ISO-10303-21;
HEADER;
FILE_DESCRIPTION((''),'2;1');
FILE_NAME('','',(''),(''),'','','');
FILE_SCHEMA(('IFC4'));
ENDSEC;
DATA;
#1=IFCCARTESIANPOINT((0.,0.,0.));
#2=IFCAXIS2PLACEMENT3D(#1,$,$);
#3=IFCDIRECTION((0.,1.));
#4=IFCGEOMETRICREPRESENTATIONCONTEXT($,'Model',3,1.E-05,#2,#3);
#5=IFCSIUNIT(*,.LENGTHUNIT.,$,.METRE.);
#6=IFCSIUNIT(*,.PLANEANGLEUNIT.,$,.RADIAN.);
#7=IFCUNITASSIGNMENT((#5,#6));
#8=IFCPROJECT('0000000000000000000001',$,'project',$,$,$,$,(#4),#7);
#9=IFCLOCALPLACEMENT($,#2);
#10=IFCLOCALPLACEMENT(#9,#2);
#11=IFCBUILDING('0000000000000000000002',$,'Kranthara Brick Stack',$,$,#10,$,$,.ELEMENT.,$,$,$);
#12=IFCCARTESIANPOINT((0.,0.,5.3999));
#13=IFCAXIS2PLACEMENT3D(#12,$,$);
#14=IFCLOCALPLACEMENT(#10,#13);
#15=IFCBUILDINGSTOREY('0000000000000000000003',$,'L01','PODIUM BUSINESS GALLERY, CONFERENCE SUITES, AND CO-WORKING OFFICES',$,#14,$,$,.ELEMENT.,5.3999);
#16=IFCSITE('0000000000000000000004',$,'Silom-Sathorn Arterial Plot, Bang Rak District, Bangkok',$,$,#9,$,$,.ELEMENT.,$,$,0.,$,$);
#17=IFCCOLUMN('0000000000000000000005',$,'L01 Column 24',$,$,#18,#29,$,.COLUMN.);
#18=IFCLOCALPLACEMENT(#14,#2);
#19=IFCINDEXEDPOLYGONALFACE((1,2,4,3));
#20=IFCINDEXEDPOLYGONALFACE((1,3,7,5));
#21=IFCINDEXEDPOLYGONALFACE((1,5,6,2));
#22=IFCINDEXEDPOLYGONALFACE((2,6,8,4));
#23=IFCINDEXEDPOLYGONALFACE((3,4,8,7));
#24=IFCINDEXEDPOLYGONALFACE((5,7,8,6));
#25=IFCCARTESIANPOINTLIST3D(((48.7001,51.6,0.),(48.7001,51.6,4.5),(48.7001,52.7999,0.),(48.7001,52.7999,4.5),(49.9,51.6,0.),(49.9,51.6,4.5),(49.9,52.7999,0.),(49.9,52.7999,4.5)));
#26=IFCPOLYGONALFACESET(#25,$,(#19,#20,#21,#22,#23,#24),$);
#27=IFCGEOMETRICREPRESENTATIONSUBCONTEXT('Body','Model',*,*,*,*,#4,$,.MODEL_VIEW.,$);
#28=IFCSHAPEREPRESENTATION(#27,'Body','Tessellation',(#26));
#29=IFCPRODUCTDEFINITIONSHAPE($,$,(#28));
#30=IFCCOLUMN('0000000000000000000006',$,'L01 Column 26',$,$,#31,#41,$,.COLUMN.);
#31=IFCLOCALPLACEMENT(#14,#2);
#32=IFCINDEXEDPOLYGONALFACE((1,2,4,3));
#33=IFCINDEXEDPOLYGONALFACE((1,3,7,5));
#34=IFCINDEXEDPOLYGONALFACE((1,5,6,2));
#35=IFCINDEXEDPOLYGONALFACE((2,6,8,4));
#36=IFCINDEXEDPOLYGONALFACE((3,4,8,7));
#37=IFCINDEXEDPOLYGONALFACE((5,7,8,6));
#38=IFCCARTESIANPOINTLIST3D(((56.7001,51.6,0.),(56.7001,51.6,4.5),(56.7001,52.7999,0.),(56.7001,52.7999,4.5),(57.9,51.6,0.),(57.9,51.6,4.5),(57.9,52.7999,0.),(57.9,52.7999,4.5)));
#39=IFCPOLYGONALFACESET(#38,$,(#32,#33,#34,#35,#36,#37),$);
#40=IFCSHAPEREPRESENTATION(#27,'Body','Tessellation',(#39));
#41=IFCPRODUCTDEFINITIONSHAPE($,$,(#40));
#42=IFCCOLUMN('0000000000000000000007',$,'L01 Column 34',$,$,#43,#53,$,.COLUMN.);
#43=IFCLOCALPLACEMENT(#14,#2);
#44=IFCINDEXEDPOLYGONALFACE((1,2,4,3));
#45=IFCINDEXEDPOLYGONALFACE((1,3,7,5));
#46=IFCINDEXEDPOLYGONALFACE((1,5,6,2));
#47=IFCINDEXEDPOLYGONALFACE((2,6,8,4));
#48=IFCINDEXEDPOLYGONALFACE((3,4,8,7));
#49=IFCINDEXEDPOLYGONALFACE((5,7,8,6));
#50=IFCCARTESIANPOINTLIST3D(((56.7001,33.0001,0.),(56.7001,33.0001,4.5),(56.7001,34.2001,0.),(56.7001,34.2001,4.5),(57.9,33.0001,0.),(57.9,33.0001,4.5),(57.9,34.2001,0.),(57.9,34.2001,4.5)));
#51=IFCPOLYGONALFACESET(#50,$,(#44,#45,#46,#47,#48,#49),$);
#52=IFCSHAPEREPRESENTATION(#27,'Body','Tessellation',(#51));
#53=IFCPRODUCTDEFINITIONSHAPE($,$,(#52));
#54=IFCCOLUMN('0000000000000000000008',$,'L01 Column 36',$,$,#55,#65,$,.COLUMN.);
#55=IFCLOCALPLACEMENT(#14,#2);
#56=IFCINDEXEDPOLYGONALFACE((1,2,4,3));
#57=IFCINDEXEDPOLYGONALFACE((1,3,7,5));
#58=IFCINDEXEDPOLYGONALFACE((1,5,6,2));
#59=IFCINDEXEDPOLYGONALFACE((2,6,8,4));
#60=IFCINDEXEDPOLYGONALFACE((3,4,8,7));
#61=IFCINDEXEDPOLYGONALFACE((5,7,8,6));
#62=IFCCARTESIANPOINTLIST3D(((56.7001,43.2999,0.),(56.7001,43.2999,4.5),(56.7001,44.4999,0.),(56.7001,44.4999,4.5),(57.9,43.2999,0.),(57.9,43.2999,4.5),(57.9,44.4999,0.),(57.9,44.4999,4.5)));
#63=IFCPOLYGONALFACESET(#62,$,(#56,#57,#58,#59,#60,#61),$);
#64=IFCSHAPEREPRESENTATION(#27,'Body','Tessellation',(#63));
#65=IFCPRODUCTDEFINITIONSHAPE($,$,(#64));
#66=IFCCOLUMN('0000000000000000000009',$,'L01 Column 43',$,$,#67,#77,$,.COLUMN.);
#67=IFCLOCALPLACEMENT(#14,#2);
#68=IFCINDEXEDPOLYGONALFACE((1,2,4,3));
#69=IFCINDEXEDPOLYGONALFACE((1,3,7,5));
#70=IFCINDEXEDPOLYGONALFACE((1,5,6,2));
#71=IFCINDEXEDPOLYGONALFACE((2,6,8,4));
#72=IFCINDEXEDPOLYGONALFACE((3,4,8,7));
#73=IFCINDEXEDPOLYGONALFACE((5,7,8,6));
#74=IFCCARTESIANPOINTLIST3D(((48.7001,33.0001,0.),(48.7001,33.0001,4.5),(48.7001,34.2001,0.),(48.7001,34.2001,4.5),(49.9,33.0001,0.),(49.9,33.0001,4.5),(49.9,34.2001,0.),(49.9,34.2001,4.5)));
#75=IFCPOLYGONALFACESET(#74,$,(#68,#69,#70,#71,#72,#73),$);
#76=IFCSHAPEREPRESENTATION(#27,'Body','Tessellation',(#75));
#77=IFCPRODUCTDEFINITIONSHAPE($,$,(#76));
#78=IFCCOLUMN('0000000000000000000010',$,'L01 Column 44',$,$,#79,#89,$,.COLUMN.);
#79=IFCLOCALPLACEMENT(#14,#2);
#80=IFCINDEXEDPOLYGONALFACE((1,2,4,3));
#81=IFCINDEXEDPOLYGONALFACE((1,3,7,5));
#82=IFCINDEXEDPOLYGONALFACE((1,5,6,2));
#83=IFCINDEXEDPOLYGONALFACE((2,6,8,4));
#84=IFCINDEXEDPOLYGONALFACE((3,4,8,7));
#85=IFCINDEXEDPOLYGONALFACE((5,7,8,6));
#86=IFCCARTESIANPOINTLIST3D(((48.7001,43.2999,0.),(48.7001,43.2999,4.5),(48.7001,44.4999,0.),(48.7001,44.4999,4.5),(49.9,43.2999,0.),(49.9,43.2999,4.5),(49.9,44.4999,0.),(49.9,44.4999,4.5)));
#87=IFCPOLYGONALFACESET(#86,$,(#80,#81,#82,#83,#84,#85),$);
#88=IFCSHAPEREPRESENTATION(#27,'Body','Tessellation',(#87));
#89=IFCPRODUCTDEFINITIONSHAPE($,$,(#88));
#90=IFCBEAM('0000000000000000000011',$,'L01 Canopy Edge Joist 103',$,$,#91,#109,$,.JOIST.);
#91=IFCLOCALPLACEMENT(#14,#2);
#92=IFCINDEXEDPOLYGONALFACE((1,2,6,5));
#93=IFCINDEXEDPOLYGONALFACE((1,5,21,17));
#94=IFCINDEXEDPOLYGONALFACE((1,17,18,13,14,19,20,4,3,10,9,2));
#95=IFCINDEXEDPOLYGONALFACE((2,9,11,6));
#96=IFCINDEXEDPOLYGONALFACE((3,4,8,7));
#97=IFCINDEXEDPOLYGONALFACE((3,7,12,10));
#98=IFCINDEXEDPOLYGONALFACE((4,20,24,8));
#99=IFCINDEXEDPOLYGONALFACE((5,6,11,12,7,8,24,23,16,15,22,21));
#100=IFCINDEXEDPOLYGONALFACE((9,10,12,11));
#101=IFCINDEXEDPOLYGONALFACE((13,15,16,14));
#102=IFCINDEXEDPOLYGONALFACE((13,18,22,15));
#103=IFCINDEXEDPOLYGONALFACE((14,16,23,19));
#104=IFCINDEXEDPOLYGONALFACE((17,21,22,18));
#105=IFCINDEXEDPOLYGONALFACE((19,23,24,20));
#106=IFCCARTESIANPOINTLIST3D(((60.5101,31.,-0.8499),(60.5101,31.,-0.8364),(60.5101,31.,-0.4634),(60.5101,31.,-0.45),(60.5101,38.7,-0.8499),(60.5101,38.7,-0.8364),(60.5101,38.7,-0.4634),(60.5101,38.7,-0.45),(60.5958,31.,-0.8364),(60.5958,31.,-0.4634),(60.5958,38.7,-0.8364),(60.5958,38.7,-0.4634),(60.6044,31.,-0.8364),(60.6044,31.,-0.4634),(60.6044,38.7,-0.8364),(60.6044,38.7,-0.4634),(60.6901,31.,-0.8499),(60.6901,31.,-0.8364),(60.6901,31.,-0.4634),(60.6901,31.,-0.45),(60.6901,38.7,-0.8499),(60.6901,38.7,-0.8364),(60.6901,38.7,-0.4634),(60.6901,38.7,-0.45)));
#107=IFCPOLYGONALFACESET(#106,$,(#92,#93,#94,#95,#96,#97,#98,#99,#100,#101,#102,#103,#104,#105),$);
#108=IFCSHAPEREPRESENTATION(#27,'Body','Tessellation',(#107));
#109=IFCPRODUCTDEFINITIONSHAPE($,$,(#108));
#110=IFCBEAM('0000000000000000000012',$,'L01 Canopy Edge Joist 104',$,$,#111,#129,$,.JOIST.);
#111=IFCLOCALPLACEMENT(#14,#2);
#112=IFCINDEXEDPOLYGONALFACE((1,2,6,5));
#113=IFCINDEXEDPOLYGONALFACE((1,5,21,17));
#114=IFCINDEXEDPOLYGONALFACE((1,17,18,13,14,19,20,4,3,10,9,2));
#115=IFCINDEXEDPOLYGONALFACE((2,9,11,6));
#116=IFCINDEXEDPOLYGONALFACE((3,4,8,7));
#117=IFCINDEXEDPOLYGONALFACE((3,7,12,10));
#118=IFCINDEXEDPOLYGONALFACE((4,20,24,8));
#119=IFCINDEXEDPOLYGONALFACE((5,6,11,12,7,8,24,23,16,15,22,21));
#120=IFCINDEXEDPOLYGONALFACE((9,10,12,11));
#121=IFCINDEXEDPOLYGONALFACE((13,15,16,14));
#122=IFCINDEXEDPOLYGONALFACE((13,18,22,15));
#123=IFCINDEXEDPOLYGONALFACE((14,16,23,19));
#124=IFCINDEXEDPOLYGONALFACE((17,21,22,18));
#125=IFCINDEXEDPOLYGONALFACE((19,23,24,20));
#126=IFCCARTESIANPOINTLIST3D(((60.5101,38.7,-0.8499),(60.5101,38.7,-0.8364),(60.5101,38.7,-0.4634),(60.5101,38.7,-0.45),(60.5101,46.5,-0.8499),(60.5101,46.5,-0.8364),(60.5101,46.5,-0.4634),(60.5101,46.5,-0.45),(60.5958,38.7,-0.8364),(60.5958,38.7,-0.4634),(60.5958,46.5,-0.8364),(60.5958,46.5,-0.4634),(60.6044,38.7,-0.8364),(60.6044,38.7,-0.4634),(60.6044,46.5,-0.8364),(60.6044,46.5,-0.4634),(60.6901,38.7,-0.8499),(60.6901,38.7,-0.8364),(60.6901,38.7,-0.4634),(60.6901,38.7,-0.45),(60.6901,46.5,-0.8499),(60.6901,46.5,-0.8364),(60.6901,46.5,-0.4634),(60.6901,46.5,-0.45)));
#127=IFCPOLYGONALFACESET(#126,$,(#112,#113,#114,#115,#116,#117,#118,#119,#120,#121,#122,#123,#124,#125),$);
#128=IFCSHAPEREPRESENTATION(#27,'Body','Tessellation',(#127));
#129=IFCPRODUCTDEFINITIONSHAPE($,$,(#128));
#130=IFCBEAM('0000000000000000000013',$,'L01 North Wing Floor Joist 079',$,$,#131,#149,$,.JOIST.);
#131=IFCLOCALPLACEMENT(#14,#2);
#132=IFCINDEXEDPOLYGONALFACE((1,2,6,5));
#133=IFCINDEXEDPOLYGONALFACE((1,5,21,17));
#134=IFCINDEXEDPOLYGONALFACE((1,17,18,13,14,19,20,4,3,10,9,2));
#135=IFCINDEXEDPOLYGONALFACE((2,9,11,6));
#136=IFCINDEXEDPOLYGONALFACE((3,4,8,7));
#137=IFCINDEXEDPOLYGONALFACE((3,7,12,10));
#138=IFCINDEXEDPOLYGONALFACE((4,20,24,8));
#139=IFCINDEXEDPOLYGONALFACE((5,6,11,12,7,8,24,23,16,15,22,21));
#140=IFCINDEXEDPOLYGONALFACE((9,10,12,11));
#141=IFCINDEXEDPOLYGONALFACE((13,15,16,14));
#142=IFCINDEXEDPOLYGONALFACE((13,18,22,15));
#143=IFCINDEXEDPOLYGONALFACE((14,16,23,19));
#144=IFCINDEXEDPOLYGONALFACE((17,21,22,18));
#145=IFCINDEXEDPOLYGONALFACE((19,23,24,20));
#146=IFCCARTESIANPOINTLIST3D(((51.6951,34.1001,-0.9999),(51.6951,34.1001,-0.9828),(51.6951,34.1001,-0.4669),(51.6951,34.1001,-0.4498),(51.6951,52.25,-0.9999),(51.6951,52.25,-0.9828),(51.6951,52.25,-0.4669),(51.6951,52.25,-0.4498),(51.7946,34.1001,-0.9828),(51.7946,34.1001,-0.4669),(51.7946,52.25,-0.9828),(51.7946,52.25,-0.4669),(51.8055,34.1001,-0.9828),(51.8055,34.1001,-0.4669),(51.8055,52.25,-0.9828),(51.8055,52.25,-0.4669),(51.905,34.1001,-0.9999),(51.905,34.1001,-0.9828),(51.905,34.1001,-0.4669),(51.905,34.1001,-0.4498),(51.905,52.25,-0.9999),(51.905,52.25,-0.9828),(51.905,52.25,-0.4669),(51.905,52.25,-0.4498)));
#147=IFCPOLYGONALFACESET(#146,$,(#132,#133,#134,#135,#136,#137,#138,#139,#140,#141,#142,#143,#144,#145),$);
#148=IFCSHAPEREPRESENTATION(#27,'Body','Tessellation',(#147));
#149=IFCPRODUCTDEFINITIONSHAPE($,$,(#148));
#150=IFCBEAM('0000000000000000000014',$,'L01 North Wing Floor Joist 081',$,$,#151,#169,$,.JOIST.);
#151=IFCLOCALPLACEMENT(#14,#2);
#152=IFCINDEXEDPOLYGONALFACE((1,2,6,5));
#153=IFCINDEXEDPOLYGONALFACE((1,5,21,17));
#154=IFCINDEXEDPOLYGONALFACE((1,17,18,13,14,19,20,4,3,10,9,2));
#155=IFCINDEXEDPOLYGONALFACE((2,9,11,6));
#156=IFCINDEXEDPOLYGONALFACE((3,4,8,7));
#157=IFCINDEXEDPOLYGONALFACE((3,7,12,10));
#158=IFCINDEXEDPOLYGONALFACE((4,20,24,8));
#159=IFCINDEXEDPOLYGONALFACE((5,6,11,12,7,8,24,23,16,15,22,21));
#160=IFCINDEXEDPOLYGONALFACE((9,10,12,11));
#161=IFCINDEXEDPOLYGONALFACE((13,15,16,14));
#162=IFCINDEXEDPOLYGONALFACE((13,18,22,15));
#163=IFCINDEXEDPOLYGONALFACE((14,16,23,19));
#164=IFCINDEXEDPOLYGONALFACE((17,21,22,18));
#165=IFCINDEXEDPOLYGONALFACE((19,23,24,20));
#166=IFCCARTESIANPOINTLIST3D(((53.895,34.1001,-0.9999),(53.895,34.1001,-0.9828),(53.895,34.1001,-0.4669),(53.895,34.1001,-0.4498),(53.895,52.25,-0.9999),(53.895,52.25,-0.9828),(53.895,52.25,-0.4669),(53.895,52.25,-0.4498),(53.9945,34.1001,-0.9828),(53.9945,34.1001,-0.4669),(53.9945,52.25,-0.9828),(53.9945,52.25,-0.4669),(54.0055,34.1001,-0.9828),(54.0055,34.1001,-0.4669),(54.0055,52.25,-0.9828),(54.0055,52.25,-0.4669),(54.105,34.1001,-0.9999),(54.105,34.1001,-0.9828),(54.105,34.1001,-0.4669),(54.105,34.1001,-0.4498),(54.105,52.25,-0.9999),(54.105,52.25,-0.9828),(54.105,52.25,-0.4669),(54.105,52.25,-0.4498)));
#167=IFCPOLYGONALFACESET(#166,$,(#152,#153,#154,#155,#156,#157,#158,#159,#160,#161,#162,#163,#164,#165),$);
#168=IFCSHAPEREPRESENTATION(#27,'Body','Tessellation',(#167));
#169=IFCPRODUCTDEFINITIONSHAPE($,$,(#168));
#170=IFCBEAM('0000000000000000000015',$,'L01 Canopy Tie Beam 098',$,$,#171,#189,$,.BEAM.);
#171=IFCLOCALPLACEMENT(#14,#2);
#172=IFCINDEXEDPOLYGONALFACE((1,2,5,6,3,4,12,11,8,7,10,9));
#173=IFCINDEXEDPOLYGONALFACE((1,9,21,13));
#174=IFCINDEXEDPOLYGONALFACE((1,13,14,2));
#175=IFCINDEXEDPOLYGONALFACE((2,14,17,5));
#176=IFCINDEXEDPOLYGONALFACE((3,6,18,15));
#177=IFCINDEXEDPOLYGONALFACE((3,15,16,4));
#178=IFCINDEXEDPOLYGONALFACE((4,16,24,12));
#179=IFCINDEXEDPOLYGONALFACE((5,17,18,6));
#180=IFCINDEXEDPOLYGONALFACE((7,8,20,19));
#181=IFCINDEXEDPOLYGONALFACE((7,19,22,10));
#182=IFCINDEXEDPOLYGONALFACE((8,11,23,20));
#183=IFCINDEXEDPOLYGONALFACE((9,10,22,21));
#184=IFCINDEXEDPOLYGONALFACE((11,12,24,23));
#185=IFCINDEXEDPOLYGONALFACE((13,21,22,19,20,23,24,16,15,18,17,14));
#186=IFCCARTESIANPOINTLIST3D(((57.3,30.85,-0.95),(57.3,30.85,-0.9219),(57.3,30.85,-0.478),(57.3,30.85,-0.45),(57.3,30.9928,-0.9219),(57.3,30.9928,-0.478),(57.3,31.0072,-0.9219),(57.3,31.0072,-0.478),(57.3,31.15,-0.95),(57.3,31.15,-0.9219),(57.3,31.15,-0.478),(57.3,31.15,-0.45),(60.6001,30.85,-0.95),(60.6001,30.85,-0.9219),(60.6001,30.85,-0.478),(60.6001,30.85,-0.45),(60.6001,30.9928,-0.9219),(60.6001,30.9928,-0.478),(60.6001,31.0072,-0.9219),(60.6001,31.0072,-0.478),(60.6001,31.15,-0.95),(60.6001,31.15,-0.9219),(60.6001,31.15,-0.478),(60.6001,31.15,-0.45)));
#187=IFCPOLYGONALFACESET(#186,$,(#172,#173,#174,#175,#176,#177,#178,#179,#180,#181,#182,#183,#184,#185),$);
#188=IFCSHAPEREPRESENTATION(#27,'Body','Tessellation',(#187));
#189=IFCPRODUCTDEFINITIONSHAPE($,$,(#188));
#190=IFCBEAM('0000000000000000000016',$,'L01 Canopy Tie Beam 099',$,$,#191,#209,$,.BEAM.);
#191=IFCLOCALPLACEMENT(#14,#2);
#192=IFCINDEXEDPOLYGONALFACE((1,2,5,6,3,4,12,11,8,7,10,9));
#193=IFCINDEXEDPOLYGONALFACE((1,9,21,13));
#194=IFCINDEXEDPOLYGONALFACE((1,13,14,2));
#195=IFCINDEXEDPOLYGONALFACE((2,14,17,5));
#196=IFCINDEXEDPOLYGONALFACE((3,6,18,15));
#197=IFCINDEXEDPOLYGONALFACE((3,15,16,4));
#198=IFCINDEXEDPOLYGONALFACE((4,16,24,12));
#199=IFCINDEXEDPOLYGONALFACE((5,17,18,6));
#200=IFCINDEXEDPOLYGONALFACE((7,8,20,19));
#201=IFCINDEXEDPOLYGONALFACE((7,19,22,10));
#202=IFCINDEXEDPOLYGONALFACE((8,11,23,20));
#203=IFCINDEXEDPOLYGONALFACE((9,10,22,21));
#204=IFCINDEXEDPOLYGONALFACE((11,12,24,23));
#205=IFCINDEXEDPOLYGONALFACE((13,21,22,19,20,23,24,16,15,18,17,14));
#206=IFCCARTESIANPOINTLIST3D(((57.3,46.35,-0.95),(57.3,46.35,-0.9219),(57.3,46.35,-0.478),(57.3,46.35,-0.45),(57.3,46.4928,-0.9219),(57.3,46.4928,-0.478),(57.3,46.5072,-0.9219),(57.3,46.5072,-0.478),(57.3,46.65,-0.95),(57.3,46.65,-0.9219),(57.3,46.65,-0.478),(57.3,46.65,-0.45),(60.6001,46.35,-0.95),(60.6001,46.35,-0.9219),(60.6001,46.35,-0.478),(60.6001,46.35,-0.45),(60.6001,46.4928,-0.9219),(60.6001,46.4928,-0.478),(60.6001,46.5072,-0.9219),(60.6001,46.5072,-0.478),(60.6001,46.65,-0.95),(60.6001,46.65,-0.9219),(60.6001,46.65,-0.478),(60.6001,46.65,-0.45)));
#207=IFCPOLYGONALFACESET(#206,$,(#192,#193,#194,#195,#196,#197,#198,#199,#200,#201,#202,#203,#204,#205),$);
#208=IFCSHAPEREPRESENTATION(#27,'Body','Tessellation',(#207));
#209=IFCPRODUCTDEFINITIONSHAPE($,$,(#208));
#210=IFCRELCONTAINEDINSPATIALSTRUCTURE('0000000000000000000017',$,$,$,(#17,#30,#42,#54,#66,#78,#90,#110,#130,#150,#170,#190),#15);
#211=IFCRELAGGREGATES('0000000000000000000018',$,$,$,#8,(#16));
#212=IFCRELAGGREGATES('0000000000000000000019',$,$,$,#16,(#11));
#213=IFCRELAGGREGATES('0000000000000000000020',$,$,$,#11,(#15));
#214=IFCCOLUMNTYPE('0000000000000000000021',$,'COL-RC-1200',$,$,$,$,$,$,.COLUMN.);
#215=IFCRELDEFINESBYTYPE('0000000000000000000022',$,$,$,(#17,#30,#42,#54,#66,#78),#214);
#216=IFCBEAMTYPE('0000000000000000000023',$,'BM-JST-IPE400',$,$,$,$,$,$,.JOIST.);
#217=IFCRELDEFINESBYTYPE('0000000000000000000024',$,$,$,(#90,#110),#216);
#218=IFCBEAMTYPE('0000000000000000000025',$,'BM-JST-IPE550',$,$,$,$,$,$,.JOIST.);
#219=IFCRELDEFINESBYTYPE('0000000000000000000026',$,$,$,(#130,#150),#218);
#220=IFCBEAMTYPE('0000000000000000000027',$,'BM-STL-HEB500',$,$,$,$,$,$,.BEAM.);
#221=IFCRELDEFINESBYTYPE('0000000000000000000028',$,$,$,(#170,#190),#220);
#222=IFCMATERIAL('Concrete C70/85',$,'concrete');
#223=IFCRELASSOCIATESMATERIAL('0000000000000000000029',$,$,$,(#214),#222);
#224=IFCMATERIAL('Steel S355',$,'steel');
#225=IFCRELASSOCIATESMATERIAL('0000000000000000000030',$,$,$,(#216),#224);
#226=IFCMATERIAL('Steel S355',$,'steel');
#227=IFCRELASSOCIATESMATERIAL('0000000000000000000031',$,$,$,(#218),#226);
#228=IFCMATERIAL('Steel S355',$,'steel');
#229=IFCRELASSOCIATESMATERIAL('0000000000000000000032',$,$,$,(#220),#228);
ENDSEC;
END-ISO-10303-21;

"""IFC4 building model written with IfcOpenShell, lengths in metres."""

from ifc_helpers import new_model, si_unit, direction, frame, origin, origin_2d, place, context, subcontext, project, spatial, rectangle, i_section, extrude, material, material_profile, profile_set, type_object, element, save


model = new_model("IFC4")

# Units and contexts
model_context = context("Model", 3, precision=1e-05, world=origin(), true_north=direction((0.0, 1.0)))
body_context = subcontext(model_context, "Body", "Model", "MODEL_VIEW")
ifc_project = project(units=[si_unit("LENGTHUNIT", "METRE"), si_unit("PLANEANGLEUNIT", "RADIAN")], contexts=[model_context])

# Site, building, storey
site_placement = place(None, origin())
site = spatial("IfcSite", under=ifc_project, at=site_placement, Name="Silom-Sathorn Arterial Plot, Bang Rak District, Bangkok", CompositionType="ELEMENT", RefElevation=0.0)
building_placement = place(site_placement, origin())
building = spatial("IfcBuilding", under=site, at=building_placement, Name="Kranthara Brick Stack", CompositionType="ELEMENT")
storey_placement = place(building_placement, frame((0.0, 0.0, 5.3999)))
storey = spatial("IfcBuildingStorey", under=building, at=storey_placement, Name="L01", Description="PODIUM BUSINESS GALLERY, CONFERENCE SUITES, AND CO-WORKING OFFICES", CompositionType="ELEMENT", Elevation=5.3999)

# Columns
ifc_material_1 = material(Name="Concrete C70/85", Category="concrete")
ifc_material_profile_1 = material_profile(ifc_material_1, rectangle(XDim=1.2, YDim=1.2, at=origin_2d()), Name="RC 1200x1200")
ifc_profile_set_1 = profile_set([ifc_material_profile_1], Name="Concrete C70/85")
column_type = type_object("IfcColumnType", Name="COL-RC-1200", PredefinedType="COLUMN", material=ifc_profile_set_1)
for number, where, z_axis, x_axis, name in (
    (1, (49.3, 52.2, 0.0), (0.0, 0.0, 1.0), (1.0, 0.0, 0.0), "L01 Column 24"),
    (2, (57.3, 52.2, 0.0), (0.0, 0.0, 1.0), (1.0, 0.0, 0.0), "L01 Column 26"),
    (3, (57.3, 33.6001, 0.0), (0.0, 0.0, 1.0), (1.0, 0.0, 0.0), "L01 Column 34"),
    (4, (57.3, 43.8999, 0.0), (0.0, 0.0, 1.0), (1.0, 0.0, 0.0), "L01 Column 36"),
    (5, (49.3, 33.6001, 0.0), (0.0, 0.0, 1.0), (1.0, 0.0, 0.0), "L01 Column 43"),
    (6, (49.3, 43.8999, 0.0), (0.0, 0.0, 1.0), (1.0, 0.0, 0.0), "L01 Column 44"),
):
    element("IfcColumn", number, at=place(storey_placement, frame(where, z_axis=z_axis, x_axis=x_axis)), inside=storey, type_object=column_type, Name=name, PredefinedType="COLUMN", context=body_context, shape_type="SweptSolid", body=[
        extrude(rectangle(XDim=1.2, YDim=1.2, at=origin_2d()), origin(), (0.0, 0.0, 1.0), 4.5),
    ])

# Beams
ifc_material_2 = material(Name="Steel S355", Category="steel")
ifc_material_profile_2 = material_profile(ifc_material_2, i_section(OverallWidth=0.1799, OverallDepth=0.3999, WebThickness=0.0085, FlangeThickness=0.0134, at=origin_2d()), Name="IPE 400")
ifc_profile_set_2 = profile_set([ifc_material_profile_2], Name="Steel S355")
beam_type_1 = type_object("IfcBeamType", Name="BM-JST-IPE400", PredefinedType="JOIST", material=ifc_profile_set_2)
beam_1_placement = place(storey_placement, frame((60.6001, 31.0, -0.6499), z_axis=(0.0, 1.0, 0.0), x_axis=(-1.0, 0.0, 0.0)))
element("IfcBeam", 7, at=beam_1_placement, inside=storey, type_object=beam_type_1, Name="L01 Canopy Edge Joist 103", PredefinedType="JOIST", context=body_context, shape_type="SweptSolid", body=[
    extrude(i_section(OverallWidth=0.1799, OverallDepth=0.3999, WebThickness=0.0085, FlangeThickness=0.0134, at=origin_2d()), origin(), (0.0, 0.0, 1.0), 7.7),
])
beam_2_placement = place(storey_placement, frame((60.6001, 38.7, -0.6499), z_axis=(0.0, 1.0, 0.0), x_axis=(-1.0, 0.0, 0.0)))
element("IfcBeam", 8, at=beam_2_placement, inside=storey, type_object=beam_type_1, Name="L01 Canopy Edge Joist 104", PredefinedType="JOIST", context=body_context, shape_type="SweptSolid", body=[
    extrude(i_section(OverallWidth=0.1799, OverallDepth=0.3999, WebThickness=0.0085, FlangeThickness=0.0134, at=origin_2d()), origin(), (0.0, 0.0, 1.0), 7.8),
])
ifc_material_3 = material(Name="Steel S355", Category="steel")
ifc_material_profile_3 = material_profile(ifc_material_3, i_section(OverallWidth=0.21, OverallDepth=0.55, WebThickness=0.011, FlangeThickness=0.0171, at=origin_2d()), Name="IPE 550")
ifc_profile_set_3 = profile_set([ifc_material_profile_3], Name="Steel S355")
beam_type_2 = type_object("IfcBeamType", Name="BM-JST-IPE550", PredefinedType="JOIST", material=ifc_profile_set_3)
for number, where, z_axis, x_axis, name in (
    (9, (51.8, 34.1001, -0.7249), (0.0, 1.0, 0.0), (-1.0, 0.0, 0.0), "L01 North Wing Floor Joist 079"),
    (10, (54.0, 34.1001, -0.7249), (0.0, 1.0, 0.0), (-1.0, 0.0, 0.0), "L01 North Wing Floor Joist 081"),
):
    element("IfcBeam", number, at=place(storey_placement, frame(where, z_axis=z_axis, x_axis=x_axis)), inside=storey, type_object=beam_type_2, Name=name, PredefinedType="JOIST", context=body_context, shape_type="SweptSolid", body=[
        extrude(i_section(OverallWidth=0.21, OverallDepth=0.55, WebThickness=0.011, FlangeThickness=0.0171, at=origin_2d()), origin(), (0.0, 0.0, 1.0), 18.1499),
    ])
ifc_material_4 = material(Name="Steel S355", Category="steel")
ifc_material_profile_4 = material_profile(ifc_material_4, i_section(OverallWidth=0.3, OverallDepth=0.5, WebThickness=0.0144, FlangeThickness=0.0281, at=origin_2d()), Name="HEB 500")
ifc_profile_set_4 = profile_set([ifc_material_profile_4], Name="Steel S355")
beam_type_3 = type_object("IfcBeamType", Name="BM-STL-HEB500", PredefinedType="BEAM", material=ifc_profile_set_4)
for number, where, z_axis, x_axis, name in (
    (11, (57.3, 31.0, -0.7), (1.0, 0.0, 0.0), (0.0, 1.0, 0.0), "L01 Canopy Tie Beam 098"),
    (12, (57.3, 46.5, -0.7), (1.0, 0.0, 0.0), (0.0, 1.0, 0.0), "L01 Canopy Tie Beam 099"),
):
    element("IfcBeam", number, at=place(storey_placement, frame(where, z_axis=z_axis, x_axis=x_axis)), inside=storey, type_object=beam_type_3, Name=name, PredefinedType="BEAM", context=body_context, shape_type="SweptSolid", body=[
        extrude(i_section(OverallWidth=0.3, OverallDepth=0.5, WebThickness=0.0144, FlangeThickness=0.0281, at=origin_2d()), origin(), (0.0, 0.0, 1.0), 3.3),
    ])

save(model, "model.ifc")
